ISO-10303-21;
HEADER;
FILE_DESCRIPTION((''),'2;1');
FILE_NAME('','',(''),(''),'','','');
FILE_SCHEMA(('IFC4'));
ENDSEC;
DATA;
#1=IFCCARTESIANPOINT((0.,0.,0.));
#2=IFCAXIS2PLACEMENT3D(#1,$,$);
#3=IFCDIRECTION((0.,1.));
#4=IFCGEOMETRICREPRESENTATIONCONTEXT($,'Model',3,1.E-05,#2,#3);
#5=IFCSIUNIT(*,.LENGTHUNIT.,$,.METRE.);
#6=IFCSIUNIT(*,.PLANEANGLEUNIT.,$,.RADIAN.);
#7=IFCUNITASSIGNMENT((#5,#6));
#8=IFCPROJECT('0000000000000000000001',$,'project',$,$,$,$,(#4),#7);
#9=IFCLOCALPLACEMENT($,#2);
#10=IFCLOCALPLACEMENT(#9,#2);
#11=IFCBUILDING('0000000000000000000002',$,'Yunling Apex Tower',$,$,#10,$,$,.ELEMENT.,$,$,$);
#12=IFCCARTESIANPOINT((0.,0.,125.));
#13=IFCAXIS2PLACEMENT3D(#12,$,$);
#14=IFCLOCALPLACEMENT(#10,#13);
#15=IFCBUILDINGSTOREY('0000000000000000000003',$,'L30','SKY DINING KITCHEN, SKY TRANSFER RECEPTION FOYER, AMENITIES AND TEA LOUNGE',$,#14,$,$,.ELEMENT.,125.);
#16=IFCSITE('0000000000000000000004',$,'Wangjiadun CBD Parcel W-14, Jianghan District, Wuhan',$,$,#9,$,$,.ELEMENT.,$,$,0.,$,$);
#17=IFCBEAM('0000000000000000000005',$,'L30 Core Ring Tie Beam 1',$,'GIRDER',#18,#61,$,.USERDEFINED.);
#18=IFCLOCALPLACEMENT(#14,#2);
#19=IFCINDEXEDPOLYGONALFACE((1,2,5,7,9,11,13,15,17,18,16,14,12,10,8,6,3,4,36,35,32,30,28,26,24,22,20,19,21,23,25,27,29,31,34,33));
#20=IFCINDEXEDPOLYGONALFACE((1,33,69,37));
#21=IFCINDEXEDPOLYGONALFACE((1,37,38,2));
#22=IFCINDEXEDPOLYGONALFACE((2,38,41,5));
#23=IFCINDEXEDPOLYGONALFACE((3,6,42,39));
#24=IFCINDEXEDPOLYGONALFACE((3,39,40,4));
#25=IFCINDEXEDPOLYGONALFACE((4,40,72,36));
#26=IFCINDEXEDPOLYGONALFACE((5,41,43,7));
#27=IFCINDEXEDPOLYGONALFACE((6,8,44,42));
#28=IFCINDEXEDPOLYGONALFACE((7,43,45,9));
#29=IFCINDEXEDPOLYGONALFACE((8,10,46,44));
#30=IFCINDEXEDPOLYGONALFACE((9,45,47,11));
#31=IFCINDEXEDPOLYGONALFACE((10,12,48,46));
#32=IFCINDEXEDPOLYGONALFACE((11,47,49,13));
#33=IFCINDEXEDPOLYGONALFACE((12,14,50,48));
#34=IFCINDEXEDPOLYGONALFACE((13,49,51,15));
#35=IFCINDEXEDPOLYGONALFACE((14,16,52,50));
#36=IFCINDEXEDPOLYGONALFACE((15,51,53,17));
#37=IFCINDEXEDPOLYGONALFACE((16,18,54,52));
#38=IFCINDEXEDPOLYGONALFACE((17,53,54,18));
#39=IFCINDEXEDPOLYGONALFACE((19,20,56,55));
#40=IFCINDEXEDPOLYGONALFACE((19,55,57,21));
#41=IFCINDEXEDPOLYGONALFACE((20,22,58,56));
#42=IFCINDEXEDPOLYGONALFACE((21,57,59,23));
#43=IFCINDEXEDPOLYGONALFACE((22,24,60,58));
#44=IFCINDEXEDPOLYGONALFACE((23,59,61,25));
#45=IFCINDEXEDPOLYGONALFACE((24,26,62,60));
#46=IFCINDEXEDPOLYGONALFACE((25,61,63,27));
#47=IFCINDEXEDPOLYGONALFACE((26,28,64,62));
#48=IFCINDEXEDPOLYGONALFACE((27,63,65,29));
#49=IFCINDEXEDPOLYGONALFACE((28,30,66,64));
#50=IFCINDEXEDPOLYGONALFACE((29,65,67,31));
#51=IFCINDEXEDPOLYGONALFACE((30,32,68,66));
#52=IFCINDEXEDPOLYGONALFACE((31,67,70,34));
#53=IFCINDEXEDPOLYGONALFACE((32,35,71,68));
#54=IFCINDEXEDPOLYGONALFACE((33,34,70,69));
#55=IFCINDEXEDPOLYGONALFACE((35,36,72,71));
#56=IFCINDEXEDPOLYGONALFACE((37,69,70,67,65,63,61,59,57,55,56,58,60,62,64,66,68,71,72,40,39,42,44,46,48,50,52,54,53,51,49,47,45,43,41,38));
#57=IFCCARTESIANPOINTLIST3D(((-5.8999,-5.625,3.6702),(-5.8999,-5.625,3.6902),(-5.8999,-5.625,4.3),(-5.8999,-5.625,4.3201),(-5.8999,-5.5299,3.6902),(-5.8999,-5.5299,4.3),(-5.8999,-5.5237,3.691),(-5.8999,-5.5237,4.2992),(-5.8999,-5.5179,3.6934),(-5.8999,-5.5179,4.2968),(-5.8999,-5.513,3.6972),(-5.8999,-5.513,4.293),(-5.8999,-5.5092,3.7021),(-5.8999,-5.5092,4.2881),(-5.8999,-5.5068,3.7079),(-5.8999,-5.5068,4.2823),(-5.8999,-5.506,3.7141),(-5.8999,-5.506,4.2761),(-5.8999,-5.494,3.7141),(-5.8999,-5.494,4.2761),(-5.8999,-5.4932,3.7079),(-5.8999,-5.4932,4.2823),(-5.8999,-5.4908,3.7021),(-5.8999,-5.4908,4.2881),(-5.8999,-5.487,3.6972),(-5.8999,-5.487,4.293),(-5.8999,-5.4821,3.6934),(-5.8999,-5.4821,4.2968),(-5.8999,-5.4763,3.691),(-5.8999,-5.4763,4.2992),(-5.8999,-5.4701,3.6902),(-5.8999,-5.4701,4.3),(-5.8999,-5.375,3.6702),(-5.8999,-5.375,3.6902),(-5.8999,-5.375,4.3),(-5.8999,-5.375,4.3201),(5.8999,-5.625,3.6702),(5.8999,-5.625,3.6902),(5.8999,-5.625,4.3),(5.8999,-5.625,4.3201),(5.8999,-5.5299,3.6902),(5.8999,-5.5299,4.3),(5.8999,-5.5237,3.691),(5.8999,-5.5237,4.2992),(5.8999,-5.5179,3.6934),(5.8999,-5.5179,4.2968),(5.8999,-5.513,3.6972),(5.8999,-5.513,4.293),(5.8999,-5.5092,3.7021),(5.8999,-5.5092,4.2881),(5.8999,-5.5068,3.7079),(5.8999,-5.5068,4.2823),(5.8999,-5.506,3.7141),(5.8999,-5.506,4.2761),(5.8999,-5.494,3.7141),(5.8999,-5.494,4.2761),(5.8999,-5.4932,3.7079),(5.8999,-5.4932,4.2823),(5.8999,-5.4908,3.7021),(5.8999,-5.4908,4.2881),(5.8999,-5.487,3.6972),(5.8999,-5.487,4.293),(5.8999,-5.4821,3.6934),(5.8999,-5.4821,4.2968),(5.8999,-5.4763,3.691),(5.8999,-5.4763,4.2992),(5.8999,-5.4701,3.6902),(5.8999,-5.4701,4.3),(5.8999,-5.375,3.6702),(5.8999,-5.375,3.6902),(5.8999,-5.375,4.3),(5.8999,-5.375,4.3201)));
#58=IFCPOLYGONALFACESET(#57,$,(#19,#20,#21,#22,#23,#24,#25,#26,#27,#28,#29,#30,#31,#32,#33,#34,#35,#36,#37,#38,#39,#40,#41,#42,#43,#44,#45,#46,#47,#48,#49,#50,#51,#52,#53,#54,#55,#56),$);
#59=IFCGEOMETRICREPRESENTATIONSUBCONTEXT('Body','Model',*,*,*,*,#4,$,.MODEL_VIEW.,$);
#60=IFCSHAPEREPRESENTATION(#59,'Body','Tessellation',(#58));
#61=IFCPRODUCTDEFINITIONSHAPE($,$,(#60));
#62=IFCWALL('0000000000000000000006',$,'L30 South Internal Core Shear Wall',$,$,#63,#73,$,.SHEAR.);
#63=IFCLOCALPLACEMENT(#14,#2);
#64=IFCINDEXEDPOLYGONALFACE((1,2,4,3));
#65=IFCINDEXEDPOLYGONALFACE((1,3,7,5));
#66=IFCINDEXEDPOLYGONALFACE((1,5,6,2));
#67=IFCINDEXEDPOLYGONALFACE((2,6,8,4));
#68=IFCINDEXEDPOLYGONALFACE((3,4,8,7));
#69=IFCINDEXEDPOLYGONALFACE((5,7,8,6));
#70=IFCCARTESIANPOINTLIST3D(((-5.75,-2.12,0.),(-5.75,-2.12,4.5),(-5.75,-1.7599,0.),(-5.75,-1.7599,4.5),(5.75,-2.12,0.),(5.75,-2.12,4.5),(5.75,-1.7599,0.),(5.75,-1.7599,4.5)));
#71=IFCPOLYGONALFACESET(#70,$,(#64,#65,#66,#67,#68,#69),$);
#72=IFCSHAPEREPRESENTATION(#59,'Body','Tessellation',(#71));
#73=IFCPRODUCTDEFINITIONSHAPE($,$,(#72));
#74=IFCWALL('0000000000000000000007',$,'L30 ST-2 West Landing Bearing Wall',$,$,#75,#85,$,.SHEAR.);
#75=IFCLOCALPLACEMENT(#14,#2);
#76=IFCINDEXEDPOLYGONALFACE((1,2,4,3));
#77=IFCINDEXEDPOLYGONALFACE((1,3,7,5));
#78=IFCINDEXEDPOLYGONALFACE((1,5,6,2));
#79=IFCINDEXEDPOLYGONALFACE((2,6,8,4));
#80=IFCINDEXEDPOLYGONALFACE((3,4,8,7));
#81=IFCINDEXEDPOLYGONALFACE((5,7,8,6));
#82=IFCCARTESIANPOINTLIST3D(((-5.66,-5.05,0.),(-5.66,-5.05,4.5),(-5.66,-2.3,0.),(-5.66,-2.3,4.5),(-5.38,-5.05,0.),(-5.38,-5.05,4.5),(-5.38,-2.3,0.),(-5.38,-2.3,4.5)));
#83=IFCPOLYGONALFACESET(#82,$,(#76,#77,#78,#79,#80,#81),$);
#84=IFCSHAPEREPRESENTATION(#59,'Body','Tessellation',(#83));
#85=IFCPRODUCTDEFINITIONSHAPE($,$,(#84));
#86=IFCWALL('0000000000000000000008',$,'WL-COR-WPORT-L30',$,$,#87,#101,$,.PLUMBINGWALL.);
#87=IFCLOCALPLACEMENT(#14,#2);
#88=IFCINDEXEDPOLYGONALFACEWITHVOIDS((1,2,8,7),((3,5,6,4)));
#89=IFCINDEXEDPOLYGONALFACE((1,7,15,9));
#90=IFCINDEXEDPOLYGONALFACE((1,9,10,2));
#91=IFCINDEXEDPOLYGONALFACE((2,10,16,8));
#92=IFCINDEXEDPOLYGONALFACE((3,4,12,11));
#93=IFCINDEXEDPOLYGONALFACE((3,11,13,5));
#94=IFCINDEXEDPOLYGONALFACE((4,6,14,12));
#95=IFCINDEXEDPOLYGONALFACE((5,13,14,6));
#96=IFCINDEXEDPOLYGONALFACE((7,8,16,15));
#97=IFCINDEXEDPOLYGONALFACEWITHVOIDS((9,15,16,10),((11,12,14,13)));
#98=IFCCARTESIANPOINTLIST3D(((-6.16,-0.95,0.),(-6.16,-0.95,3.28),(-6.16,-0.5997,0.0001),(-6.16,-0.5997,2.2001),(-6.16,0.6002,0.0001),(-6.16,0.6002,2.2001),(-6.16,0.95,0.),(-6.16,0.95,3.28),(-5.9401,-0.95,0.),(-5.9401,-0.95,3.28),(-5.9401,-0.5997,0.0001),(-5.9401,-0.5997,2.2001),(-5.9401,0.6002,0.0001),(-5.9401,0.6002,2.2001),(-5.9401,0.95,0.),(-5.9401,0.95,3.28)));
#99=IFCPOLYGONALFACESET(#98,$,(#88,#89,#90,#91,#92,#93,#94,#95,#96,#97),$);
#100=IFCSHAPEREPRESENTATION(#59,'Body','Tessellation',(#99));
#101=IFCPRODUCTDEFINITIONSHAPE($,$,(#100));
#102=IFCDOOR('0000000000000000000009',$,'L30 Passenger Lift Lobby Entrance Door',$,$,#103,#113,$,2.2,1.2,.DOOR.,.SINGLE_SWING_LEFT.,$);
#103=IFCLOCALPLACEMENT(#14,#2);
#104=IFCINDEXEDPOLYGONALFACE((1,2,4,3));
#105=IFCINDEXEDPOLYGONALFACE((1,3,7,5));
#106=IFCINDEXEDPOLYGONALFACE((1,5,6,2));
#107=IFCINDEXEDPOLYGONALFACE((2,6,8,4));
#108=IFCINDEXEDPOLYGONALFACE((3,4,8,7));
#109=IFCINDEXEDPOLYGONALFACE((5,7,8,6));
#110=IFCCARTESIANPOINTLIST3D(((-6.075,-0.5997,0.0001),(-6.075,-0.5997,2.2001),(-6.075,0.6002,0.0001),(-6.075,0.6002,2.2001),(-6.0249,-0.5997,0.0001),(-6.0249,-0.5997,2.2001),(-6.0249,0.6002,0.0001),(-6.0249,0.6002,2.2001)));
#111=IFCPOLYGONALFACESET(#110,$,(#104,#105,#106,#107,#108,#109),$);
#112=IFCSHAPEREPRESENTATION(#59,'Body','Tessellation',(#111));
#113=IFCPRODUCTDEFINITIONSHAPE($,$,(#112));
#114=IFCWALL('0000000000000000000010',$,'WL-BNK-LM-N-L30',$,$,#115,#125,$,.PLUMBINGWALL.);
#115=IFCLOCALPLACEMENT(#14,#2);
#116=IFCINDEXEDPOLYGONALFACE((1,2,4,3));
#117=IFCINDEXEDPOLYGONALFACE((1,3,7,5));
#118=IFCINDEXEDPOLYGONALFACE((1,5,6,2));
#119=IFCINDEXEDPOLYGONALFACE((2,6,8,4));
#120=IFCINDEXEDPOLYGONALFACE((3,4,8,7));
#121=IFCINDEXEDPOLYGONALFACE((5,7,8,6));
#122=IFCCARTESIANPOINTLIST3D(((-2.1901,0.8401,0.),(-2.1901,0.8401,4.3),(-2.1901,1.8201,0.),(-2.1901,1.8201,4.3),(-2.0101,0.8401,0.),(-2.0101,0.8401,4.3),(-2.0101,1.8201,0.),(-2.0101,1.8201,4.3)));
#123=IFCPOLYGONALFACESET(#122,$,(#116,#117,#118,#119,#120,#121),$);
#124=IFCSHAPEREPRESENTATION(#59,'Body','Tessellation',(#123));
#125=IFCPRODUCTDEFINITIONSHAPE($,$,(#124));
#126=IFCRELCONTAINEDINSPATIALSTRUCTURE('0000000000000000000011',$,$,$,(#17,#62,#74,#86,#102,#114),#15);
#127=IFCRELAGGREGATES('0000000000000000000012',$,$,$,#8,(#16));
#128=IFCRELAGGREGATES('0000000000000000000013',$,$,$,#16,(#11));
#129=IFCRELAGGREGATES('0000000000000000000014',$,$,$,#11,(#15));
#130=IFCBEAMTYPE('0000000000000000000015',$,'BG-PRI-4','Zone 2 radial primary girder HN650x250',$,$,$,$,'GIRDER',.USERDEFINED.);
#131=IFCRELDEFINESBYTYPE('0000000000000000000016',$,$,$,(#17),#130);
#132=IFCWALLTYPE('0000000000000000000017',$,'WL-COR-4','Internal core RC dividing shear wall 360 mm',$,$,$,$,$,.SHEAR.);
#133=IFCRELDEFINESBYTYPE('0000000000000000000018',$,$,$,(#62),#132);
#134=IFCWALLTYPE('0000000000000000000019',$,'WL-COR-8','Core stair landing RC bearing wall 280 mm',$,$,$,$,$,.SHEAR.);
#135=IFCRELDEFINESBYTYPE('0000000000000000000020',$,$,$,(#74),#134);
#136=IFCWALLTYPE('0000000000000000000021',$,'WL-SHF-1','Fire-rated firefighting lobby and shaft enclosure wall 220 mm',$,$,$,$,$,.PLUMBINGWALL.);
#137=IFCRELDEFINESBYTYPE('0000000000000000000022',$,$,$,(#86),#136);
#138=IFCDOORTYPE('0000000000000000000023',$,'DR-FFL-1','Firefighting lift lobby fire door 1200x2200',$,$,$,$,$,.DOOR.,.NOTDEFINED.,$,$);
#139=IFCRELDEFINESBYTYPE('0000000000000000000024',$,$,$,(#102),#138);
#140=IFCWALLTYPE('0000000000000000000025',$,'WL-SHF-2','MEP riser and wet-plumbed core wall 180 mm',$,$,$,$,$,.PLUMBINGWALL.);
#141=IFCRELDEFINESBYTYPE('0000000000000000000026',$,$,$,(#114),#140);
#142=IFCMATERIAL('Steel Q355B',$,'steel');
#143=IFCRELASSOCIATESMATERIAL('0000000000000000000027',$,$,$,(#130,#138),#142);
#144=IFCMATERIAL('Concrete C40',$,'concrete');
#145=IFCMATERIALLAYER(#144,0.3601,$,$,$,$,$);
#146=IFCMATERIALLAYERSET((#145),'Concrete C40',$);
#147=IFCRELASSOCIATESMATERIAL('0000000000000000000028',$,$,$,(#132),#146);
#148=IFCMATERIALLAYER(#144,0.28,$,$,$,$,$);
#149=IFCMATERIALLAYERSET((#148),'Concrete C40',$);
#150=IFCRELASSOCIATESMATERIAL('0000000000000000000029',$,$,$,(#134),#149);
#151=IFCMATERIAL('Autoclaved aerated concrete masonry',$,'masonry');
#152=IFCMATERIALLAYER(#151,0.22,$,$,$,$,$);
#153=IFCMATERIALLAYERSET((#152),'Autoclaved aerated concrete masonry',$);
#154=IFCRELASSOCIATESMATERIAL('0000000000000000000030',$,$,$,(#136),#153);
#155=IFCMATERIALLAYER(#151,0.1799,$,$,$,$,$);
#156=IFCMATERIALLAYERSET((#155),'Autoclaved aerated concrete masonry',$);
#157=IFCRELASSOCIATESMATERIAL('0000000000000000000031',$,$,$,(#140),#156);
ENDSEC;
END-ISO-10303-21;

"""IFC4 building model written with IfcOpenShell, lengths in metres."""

from ifc_helpers import new_model, si_unit, direction, frame, frame_2d, origin, origin_2d, place, context, subcontext, project, spatial, rectangle, i_section, extrude, source, transform, mapped, material, layer, layer_set, material_profile, profile_set, type_object, element, fill, save


model = new_model("IFC4")

# Units and contexts
model_context = context("Model", 3, precision=1e-05, world=origin(), true_north=direction((0.0, 1.0)))
body_context = subcontext(model_context, "Body", "Model", "MODEL_VIEW")
ifc_project = project(units=[si_unit("LENGTHUNIT", "METRE"), si_unit("PLANEANGLEUNIT", "RADIAN")], contexts=[model_context])

# Site, building, storey
site_placement = place(None, origin())
site = spatial("IfcSite", under=ifc_project, at=site_placement, Name="Wangjiadun CBD Parcel W-14, Jianghan District, Wuhan", CompositionType="ELEMENT", RefElevation=0.0)
building_placement = place(site_placement, origin())
building = spatial("IfcBuilding", under=site, at=building_placement, Name="Yunling Apex Tower", CompositionType="ELEMENT")
storey_placement = place(building_placement, frame((0.0, 0.0, 125.0)))
storey = spatial("IfcBuildingStorey", under=building, at=storey_placement, Name="L30", Description="SKY DINING KITCHEN, SKY TRANSFER RECEPTION FOYER, AMENITIES AND TEA LOUNGE", CompositionType="ELEMENT", Elevation=125.0)

# Beam
ifc_material_1 = material(Name="Steel Q355B", Category="steel")
ifc_material_profile_1 = material_profile(ifc_material_1, i_section(OverallWidth=0.25, OverallDepth=0.6499, WebThickness=0.012, FlangeThickness=0.02, FilletRadius=0.0239, at=origin_2d()))
ifc_profile_set_1 = profile_set([ifc_material_profile_1], Name="Steel Q355B")
beam_type_1 = type_object("IfcBeamType", Name="BG-PRI-4", Description="Zone 2 radial primary girder HN650x250", ElementType="GIRDER", PredefinedType="USERDEFINED", material=ifc_profile_set_1)
shared_shape_1 = source(origin(), body_context, "Body", "SweptSolid", [
    extrude(i_section(OverallWidth=0.25, OverallDepth=0.6499, WebThickness=0.012, FlangeThickness=0.02, FilletRadius=0.0239, at=origin_2d()), origin(), (0.0, 0.0, 1.0), 11.7998),
])
beam_1_placement = place(storey_placement, frame((-5.8999, -5.5, 3.9951), z_axis=(1.0, 0.0, 0.0), x_axis=(0.0, 1.0, 0.0)))
element("IfcBeam", 1, at=beam_1_placement, inside=storey, type_object=beam_type_1, Name="L30 Core Ring Tie Beam 1", ObjectType="GIRDER", PredefinedType="USERDEFINED", context=body_context, shape_type="MappedRepresentation", body=[
    mapped(shared_shape_1, transform((0.0, 0.0, 0.0), scale=1.0)),
])

# Walls
ifc_material_2 = material(Name="Concrete C40", Category="concrete")
ifc_layer_1 = layer(ifc_material_2, 0.3601)
ifc_layer_set_1 = layer_set([ifc_layer_1], Name="Concrete C40")
wall_type_1 = type_object("IfcWallType", Name="WL-COR-4", Description="Internal core RC dividing shear wall 360 mm", PredefinedType="SHEAR", material=ifc_layer_set_1)
wall_1_placement = place(storey_placement, frame((-5.75, -1.9399, 0.0), z_axis=(0.0, 0.0, 1.0), x_axis=(1.0, 0.0, 0.0)))
element("IfcWall", 2, at=wall_1_placement, inside=storey, type_object=wall_type_1, Name="L30 South Internal Core Shear Wall", PredefinedType="SHEAR", context=body_context, shape_type="SweptSolid", body=[
    extrude(rectangle(XDim=11.5, YDim=0.3601, at=frame_2d((5.75, 0.0))), origin(), (0.0, 0.0, 1.0), 4.5),
])
ifc_layer_2 = layer(ifc_material_2, 0.28)
ifc_layer_set_2 = layer_set([ifc_layer_2], Name="Concrete C40")
wall_type_2 = type_object("IfcWallType", Name="WL-COR-8", Description="Core stair landing RC bearing wall 280 mm", PredefinedType="SHEAR", material=ifc_layer_set_2)
wall_2_placement = place(storey_placement, frame((-5.52, -5.05, 0.0), z_axis=(0.0, 0.0, 1.0), x_axis=(0.0, 1.0, 0.0)))
element("IfcWall", 3, at=wall_2_placement, inside=storey, type_object=wall_type_2, Name="L30 ST-2 West Landing Bearing Wall", PredefinedType="SHEAR", context=body_context, shape_type="SweptSolid", body=[
    extrude(rectangle(XDim=2.75, YDim=0.28, at=frame_2d((1.375, 0.0))), origin(), (0.0, 0.0, 1.0), 4.5),
])

# Wall, opening, door
ifc_material_3 = material(Name="Autoclaved aerated concrete masonry", Category="masonry")
ifc_layer_3 = layer(ifc_material_3, 0.22)
ifc_layer_set_3 = layer_set([ifc_layer_3], Name="Autoclaved aerated concrete masonry")
wall_type_3 = type_object("IfcWallType", Name="WL-SHF-1", Description="Fire-rated firefighting lobby and shaft enclosure wall 220 mm", PredefinedType="PLUMBINGWALL", material=ifc_layer_set_3)
wall_3_placement = place(storey_placement, frame((-6.05, -0.95, 0.0), z_axis=(0.0, 0.0, 1.0), x_axis=(0.0, 1.0, 0.0)))
wall_3 = element("IfcWall", 4, at=wall_3_placement, inside=storey, type_object=wall_type_3, Name="WL-COR-WPORT-L30", PredefinedType="PLUMBINGWALL", context=body_context, shape_type="SweptSolid", body=[
    extrude(rectangle(XDim=1.8999, YDim=0.22, at=frame_2d((0.95, 0.0))), origin(), (0.0, 0.0, 1.0), 3.28),
])
opening_1_placement = place(wall_3_placement, frame((0.3501, 0.0, 0.0)))
opening_1 = element("IfcOpeningElement", 5, at=opening_1_placement, cuts=wall_3, PredefinedType="OPENING", context=body_context, shape_type="SweptSolid", body=[
    extrude(rectangle(XDim=1.2, YDim=2.2, at=frame_2d((0.6001, 1.1001))), frame((0.0, 0.1201, 0.0), z_axis=(0.0, -1.0, 0.0), x_axis=(1.0, 0.0, 0.0)), (0.0, 0.0, 1.0), 0.24),
])
door_type_1 = type_object("IfcDoorType", Name="DR-FFL-1", Description="Firefighting lift lobby fire door 1200x2200", OperationType="NOTDEFINED", PredefinedType="DOOR", material=ifc_material_1)
door_1_placement = place(opening_1_placement, origin())
door_1 = element("IfcDoor", 6, at=door_1_placement, inside=storey, type_object=door_type_1, Name="L30 Passenger Lift Lobby Entrance Door", OperationType="SINGLE_SWING_LEFT", OverallHeight=2.2, OverallWidth=1.2, PredefinedType="DOOR", context=body_context, shape_type="SweptSolid", body=[
    extrude(rectangle(XDim=1.2, YDim=2.2, at=frame_2d((0.6001, 1.1001))), frame((0.0, 0.0249, 0.0), z_axis=(0.0, -1.0, 0.0), x_axis=(1.0, 0.0, 0.0)), (0.0, 0.0, 1.0), 0.05),
])
fill(opening_1, door_1)

# Wall
ifc_layer_4 = layer(ifc_material_3, 0.1799)
ifc_layer_set_4 = layer_set([ifc_layer_4], Name="Autoclaved aerated concrete masonry")
wall_type_4 = type_object("IfcWallType", Name="WL-SHF-2", Description="MEP riser and wet-plumbed core wall 180 mm", PredefinedType="PLUMBINGWALL", material=ifc_layer_set_4)
wall_4_placement = place(storey_placement, frame((-2.1001, 0.8401, 0.0), z_axis=(0.0, 0.0, 1.0), x_axis=(0.0, 1.0, 0.0)))
element("IfcWall", 7, at=wall_4_placement, inside=storey, type_object=wall_type_4, Name="WL-BNK-LM-N-L30", PredefinedType="PLUMBINGWALL", context=body_context, shape_type="SweptSolid", body=[
    extrude(rectangle(XDim=0.98, YDim=0.1799, at=frame_2d((0.49, 0.0))), origin(), (0.0, 0.0, 1.0), 4.3),
])

save(model, "model.ifc")
